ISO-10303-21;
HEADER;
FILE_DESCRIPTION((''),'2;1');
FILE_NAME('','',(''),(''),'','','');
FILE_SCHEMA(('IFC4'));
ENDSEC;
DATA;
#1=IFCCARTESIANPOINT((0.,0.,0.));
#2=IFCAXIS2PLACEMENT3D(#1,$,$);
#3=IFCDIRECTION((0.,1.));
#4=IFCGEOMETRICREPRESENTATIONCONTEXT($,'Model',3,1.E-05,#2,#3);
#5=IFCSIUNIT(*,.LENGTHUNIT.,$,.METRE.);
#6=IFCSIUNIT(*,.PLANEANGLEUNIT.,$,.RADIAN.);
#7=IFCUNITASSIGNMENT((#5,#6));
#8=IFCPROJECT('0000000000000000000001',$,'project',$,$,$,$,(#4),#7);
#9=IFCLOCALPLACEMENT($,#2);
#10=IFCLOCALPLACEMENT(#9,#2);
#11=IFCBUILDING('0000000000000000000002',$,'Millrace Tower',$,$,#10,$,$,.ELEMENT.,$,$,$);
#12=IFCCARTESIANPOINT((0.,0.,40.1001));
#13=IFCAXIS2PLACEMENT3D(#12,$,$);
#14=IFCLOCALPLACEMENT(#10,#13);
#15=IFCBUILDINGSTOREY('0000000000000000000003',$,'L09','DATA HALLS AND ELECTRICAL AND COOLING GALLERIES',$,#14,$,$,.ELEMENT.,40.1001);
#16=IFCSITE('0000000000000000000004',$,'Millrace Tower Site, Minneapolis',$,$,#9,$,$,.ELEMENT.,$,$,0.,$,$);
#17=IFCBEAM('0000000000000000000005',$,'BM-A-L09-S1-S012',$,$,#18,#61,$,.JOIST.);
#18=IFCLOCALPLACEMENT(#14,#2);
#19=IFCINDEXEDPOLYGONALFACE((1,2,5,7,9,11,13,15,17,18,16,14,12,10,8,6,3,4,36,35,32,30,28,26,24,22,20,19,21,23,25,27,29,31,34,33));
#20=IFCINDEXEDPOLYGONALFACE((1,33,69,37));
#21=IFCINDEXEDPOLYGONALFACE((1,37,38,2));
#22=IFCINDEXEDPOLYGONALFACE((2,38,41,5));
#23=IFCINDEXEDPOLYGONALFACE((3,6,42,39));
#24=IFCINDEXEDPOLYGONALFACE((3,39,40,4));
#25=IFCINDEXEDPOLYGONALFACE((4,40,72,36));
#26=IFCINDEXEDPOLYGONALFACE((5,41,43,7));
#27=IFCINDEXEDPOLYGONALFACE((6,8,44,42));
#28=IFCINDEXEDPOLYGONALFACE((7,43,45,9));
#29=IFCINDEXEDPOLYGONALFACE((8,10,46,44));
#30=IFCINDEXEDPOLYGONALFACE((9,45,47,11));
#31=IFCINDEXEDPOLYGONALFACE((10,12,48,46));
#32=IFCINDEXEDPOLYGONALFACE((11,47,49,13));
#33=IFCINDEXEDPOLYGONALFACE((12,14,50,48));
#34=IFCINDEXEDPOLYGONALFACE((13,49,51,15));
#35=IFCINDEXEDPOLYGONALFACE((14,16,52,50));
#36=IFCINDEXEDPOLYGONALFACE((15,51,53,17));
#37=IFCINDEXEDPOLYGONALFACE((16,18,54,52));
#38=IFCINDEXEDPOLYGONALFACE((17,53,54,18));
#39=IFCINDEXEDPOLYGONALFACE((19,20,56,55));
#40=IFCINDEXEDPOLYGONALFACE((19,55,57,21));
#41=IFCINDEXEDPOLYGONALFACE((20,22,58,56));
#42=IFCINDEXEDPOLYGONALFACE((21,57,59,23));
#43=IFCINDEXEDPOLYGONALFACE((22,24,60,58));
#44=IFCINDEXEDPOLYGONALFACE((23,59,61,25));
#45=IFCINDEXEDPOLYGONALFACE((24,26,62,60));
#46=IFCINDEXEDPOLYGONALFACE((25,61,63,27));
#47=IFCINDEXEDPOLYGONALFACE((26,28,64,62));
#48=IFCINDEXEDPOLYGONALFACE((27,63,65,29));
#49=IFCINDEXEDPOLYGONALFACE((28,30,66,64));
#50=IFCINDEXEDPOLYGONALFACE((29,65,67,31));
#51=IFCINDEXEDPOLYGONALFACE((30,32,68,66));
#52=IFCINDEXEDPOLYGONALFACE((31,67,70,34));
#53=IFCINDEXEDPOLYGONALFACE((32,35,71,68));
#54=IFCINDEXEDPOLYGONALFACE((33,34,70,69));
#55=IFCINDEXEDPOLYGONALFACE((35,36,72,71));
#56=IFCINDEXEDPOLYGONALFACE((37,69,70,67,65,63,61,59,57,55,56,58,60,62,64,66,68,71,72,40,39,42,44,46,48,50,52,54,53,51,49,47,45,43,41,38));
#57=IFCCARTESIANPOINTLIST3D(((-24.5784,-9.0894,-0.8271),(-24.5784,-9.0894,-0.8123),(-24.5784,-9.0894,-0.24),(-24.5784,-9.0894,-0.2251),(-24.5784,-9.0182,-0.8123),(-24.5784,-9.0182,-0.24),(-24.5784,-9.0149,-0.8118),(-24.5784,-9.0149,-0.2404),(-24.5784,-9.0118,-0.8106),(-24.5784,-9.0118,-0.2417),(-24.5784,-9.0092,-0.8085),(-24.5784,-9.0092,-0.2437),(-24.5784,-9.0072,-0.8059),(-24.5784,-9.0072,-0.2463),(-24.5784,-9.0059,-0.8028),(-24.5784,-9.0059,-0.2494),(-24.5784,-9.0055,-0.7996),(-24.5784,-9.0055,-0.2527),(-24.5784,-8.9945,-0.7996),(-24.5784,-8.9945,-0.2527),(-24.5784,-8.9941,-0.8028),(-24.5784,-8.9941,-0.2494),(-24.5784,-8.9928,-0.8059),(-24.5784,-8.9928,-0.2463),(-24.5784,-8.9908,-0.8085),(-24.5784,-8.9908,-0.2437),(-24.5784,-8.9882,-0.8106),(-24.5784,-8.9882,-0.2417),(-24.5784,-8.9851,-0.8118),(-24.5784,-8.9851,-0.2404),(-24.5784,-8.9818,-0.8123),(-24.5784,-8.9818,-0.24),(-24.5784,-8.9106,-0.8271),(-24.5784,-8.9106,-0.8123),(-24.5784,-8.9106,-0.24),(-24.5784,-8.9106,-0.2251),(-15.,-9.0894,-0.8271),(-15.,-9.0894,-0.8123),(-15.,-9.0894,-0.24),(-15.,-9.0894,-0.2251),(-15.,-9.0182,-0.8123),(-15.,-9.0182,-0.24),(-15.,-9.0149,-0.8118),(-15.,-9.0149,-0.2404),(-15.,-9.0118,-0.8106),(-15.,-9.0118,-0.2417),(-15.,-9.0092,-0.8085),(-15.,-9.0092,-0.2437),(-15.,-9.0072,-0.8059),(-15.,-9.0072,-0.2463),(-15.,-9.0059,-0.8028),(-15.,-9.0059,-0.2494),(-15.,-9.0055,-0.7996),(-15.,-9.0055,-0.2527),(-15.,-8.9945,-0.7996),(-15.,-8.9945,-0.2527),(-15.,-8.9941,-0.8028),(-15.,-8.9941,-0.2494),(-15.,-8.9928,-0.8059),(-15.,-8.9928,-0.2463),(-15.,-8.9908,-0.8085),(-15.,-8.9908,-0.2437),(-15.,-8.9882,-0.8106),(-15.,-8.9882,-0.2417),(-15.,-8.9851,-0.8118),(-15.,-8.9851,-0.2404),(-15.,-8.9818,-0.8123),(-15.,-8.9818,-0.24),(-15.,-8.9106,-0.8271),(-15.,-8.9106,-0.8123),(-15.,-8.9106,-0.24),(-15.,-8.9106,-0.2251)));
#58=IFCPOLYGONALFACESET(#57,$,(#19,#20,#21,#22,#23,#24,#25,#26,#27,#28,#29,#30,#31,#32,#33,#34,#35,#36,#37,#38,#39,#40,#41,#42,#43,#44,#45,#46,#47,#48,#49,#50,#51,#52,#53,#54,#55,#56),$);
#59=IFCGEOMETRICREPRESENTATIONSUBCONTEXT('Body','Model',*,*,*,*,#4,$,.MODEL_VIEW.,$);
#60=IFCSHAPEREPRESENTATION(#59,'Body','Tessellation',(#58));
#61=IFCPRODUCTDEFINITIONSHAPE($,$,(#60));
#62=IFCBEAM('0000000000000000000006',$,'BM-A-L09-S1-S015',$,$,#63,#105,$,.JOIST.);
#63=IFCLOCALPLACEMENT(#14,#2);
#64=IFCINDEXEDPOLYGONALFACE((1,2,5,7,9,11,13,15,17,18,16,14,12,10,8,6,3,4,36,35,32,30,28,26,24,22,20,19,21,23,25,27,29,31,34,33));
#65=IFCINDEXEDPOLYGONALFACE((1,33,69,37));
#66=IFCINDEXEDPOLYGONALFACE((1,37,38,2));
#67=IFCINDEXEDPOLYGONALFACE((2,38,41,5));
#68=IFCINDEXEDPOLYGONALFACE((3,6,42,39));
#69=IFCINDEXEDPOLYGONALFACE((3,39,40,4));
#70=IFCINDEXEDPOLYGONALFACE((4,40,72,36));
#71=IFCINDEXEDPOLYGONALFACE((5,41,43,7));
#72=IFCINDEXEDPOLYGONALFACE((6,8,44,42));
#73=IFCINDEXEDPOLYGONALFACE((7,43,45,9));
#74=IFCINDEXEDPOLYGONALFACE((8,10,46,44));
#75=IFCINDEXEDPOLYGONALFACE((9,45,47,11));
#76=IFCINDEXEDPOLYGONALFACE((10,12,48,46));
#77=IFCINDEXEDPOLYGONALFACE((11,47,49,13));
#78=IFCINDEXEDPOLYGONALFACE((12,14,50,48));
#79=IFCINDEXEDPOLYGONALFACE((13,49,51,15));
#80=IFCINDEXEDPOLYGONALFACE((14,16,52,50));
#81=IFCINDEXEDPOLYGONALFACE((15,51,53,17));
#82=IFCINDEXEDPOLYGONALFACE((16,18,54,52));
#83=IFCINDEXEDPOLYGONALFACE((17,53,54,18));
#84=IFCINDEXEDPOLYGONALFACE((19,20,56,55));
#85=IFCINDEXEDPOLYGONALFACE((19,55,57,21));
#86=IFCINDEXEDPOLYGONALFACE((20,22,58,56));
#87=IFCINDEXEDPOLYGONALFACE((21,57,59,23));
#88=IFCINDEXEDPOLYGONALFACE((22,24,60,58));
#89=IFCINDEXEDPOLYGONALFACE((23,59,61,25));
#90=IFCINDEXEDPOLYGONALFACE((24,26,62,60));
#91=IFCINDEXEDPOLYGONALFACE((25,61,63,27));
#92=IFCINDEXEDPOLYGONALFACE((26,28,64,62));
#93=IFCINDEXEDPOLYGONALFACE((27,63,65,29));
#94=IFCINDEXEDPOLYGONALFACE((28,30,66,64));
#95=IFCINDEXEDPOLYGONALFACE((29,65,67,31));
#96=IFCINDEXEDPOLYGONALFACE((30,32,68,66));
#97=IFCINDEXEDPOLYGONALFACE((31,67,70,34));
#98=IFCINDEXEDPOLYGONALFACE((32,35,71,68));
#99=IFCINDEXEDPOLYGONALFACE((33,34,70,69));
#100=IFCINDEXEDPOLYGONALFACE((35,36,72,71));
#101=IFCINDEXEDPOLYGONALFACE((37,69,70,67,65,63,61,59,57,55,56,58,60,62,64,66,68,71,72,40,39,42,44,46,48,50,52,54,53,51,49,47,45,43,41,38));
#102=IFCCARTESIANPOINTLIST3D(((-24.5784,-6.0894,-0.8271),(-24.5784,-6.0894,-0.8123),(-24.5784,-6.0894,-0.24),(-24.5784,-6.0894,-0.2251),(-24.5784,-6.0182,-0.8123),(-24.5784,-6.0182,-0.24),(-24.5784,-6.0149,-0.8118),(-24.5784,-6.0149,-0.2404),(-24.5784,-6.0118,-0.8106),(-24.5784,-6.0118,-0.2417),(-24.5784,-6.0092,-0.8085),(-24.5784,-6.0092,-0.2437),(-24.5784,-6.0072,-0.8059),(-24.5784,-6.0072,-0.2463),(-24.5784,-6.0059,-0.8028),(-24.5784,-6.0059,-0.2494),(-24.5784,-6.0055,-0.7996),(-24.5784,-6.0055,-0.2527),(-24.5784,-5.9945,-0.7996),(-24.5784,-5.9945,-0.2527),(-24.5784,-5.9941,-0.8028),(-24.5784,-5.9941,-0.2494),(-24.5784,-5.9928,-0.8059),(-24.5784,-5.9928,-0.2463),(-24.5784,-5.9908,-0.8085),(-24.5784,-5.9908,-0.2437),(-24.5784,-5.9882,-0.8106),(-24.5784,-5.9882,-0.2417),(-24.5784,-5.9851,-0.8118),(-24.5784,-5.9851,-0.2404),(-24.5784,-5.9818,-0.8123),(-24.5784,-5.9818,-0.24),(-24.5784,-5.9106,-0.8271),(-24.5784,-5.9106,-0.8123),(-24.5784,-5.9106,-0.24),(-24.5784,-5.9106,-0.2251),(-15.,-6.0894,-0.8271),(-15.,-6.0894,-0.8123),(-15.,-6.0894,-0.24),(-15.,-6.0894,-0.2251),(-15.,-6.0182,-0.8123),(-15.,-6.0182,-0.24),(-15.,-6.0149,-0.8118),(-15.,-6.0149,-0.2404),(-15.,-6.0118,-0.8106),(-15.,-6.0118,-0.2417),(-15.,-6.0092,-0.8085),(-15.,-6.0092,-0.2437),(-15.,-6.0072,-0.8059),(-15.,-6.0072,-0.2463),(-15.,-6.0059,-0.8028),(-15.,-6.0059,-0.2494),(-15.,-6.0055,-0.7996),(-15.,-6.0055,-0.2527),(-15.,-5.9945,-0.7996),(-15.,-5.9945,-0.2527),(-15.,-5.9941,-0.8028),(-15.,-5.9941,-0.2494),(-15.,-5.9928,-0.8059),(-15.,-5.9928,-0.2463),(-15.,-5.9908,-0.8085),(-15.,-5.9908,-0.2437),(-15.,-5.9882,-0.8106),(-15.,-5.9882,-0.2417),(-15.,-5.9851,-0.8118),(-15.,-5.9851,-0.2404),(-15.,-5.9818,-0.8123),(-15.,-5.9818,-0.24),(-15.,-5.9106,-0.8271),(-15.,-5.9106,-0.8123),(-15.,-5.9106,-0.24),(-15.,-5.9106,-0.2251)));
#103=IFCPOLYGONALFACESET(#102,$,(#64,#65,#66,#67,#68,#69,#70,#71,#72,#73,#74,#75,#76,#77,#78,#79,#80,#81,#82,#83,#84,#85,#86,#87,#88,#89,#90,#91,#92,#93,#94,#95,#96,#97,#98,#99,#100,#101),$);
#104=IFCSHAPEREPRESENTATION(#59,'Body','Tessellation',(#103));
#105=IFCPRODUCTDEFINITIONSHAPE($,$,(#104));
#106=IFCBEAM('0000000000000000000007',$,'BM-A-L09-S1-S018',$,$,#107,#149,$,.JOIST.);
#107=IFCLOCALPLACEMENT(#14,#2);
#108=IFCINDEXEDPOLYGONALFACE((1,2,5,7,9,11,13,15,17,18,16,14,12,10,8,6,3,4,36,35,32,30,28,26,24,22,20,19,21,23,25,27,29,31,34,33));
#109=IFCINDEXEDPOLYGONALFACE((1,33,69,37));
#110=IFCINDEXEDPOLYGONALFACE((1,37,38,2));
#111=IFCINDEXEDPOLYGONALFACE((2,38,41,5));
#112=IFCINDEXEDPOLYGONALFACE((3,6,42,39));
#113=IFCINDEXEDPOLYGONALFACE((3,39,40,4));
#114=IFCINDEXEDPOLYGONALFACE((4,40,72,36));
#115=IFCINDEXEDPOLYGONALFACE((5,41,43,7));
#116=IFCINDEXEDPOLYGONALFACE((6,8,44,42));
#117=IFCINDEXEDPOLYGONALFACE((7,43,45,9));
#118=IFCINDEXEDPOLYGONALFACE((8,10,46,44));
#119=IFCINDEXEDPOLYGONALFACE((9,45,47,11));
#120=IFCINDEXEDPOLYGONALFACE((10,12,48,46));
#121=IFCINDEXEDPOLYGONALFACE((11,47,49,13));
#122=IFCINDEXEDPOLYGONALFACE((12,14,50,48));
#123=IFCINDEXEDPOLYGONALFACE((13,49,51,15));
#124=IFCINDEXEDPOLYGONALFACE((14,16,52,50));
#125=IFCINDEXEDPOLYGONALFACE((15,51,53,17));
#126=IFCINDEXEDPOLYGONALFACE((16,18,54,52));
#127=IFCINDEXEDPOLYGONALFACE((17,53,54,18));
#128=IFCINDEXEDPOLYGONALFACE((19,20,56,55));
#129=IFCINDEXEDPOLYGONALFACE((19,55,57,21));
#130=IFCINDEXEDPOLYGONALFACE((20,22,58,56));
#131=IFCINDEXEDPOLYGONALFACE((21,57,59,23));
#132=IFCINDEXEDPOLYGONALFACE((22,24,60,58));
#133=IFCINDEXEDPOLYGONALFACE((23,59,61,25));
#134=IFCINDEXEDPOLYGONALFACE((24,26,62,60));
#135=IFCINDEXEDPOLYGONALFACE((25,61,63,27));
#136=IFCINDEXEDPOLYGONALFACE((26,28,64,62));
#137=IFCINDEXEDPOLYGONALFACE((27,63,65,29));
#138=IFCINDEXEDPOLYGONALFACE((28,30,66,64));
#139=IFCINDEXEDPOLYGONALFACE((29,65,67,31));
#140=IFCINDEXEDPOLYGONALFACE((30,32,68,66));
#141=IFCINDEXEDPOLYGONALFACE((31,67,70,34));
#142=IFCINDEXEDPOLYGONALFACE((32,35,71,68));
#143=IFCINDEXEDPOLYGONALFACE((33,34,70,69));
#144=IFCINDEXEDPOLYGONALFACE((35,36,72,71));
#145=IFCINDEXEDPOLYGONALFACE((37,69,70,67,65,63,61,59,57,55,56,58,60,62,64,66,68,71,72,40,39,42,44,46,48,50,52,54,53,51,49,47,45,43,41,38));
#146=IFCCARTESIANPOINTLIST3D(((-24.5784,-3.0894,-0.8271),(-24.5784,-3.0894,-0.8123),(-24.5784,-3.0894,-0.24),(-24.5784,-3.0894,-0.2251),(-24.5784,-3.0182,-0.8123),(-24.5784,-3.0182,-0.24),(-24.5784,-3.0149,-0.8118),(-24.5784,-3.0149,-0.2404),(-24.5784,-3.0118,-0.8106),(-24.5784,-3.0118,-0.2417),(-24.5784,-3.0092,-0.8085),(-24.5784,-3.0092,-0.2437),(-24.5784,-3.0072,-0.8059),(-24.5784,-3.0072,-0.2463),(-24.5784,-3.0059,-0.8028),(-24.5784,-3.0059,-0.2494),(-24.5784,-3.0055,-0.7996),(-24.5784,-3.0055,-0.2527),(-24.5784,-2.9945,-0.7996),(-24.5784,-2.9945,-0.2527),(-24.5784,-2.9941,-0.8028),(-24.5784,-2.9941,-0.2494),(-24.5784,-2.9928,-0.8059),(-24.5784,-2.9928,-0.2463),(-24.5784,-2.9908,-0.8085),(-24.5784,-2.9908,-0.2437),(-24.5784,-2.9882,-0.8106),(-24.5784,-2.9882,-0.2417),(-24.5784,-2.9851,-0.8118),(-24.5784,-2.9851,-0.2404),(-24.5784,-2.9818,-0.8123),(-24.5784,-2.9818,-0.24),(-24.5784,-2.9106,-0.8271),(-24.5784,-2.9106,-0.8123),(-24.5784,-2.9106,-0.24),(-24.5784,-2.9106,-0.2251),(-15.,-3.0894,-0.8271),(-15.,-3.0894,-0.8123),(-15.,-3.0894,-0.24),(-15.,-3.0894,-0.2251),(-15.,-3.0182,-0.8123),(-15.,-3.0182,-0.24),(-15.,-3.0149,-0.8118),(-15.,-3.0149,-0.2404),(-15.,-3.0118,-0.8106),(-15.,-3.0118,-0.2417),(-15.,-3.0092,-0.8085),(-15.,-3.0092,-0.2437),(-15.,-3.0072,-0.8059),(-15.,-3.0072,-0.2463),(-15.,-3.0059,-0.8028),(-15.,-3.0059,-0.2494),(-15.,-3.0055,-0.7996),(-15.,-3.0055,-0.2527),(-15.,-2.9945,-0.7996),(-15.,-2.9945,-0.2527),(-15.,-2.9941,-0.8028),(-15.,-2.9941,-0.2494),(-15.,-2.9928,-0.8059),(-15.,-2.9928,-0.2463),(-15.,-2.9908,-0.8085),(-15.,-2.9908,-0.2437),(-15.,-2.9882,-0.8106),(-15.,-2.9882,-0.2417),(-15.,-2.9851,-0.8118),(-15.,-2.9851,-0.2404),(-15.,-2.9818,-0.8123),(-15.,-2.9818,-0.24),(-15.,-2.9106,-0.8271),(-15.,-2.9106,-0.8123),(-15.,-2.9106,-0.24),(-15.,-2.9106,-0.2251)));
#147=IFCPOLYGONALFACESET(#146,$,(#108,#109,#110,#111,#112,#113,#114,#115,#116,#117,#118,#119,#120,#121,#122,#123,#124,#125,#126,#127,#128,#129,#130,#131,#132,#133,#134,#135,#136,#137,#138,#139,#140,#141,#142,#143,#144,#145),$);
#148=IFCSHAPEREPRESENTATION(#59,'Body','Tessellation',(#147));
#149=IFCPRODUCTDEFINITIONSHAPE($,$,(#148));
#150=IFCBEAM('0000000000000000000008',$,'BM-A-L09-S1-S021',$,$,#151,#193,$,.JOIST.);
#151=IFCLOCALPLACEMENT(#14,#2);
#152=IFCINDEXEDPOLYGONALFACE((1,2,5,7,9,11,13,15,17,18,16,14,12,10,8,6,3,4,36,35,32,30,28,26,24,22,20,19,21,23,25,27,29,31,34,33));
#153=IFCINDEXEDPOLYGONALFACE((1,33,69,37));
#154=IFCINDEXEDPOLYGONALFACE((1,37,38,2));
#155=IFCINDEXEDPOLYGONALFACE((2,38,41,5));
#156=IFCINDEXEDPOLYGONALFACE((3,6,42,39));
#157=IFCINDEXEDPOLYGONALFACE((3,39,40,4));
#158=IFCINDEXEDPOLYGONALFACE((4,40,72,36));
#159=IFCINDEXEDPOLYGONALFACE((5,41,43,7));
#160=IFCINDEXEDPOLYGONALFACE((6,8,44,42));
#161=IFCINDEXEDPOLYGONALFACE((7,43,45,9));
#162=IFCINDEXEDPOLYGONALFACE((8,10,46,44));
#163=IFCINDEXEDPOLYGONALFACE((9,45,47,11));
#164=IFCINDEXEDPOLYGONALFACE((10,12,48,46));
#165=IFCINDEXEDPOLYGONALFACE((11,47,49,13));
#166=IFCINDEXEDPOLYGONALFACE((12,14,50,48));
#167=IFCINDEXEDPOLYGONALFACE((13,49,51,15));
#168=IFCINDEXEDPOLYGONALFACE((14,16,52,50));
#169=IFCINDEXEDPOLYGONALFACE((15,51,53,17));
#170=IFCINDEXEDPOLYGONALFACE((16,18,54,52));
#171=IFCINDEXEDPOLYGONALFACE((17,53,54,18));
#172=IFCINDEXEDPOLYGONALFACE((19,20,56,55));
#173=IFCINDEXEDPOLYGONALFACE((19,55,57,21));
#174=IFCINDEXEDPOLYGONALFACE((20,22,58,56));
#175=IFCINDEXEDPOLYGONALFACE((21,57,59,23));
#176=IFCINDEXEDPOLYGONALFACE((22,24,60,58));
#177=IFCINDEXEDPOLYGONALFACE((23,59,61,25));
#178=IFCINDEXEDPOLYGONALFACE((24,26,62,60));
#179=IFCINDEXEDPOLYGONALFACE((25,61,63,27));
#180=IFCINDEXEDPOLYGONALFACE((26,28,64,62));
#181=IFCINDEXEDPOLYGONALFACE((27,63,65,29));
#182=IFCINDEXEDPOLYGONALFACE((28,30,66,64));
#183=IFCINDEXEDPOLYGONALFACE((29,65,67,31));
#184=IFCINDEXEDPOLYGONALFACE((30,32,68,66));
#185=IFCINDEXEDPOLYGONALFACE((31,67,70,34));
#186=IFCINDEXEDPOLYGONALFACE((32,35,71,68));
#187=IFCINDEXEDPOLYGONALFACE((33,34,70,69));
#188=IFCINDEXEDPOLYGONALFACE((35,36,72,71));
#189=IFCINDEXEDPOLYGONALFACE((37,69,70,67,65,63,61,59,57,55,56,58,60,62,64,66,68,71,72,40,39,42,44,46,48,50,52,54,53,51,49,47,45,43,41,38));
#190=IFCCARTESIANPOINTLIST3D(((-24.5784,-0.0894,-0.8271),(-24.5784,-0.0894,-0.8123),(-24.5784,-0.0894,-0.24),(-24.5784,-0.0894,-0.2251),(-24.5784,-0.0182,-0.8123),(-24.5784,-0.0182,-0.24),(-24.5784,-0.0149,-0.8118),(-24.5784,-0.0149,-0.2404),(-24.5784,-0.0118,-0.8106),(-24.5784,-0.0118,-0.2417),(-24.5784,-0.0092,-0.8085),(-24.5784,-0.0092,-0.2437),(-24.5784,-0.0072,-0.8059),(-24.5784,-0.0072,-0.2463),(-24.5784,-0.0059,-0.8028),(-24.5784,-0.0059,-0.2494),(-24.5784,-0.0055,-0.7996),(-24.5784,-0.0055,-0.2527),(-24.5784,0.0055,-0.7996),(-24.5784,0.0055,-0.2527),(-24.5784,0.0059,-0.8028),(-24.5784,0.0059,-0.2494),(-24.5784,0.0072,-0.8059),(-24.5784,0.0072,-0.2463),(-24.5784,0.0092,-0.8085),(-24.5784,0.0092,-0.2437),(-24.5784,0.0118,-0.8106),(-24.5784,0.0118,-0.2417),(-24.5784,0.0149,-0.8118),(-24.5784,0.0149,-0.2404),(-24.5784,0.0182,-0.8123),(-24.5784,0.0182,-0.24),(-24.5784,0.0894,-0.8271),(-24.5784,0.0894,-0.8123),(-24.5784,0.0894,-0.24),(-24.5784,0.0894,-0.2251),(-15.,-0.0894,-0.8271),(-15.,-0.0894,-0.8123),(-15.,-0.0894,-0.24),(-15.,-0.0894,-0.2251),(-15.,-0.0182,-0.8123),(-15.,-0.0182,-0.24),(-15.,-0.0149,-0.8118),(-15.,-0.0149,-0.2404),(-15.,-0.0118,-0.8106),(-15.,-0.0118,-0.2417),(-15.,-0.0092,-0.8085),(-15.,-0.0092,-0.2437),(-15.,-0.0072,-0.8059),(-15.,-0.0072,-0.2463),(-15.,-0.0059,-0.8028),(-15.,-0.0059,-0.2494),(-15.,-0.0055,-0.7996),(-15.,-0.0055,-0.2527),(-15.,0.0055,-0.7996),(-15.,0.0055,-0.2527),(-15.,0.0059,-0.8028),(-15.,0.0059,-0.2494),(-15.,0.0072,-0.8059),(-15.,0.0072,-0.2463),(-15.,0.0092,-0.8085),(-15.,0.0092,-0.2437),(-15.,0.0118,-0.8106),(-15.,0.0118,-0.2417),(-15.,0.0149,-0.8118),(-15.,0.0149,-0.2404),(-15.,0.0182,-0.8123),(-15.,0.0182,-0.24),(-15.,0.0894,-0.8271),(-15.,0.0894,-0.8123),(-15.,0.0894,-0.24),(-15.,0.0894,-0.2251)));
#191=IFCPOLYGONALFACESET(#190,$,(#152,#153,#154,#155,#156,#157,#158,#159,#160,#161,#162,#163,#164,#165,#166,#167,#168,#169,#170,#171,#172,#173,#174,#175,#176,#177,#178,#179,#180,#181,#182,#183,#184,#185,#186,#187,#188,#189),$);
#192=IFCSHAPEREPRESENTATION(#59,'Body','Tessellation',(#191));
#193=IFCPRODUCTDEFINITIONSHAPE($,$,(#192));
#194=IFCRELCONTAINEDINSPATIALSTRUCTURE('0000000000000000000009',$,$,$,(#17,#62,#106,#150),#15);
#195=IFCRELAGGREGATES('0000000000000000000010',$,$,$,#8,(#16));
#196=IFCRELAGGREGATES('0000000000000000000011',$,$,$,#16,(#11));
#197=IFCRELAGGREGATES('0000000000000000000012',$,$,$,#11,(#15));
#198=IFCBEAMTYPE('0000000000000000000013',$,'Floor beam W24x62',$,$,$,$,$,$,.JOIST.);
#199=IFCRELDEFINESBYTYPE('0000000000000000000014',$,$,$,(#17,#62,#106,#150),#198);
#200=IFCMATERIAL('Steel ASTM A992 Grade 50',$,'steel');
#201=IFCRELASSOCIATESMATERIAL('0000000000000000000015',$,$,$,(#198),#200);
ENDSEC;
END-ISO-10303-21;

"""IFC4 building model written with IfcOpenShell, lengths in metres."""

from ifc_helpers import new_model, si_unit, direction, frame, origin, origin_2d, place, context, subcontext, project, spatial, i_section, extrude, material, material_profile, profile_set, type_object, element, save


model = new_model("IFC4")

# Units and contexts
model_context = context("Model", 3, precision=1e-05, world=origin(), true_north=direction((0.0, 1.0)))
body_context = subcontext(model_context, "Body", "Model", "MODEL_VIEW")
ifc_project = project(units=[si_unit("LENGTHUNIT", "METRE"), si_unit("PLANEANGLEUNIT", "RADIAN")], contexts=[model_context])

# Site, building, storey
site_placement = place(None, origin())
site = spatial("IfcSite", under=ifc_project, at=site_placement, Name="Millrace Tower Site, Minneapolis", CompositionType="ELEMENT", RefElevation=0.0)
building_placement = place(site_placement, origin())
building = spatial("IfcBuilding", under=site, at=building_placement, Name="Millrace Tower", CompositionType="ELEMENT")
storey_placement = place(building_placement, frame((0.0, 0.0, 40.1001)))
storey = spatial("IfcBuildingStorey", under=building, at=storey_placement, Name="L09", Description="DATA HALLS AND ELECTRICAL AND COOLING GALLERIES", CompositionType="ELEMENT", Elevation=40.1001)

# Beams
ifc_material_1 = material(Name="Steel ASTM A992 Grade 50", Category="steel")
ifc_material_profile_1 = material_profile(ifc_material_1, i_section(OverallWidth=0.1787, OverallDepth=0.6021, WebThickness=0.011, FlangeThickness=0.0149, FilletRadius=0.0127, at=origin_2d()))
ifc_profile_set_1 = profile_set([ifc_material_profile_1], Name="Steel ASTM A992 Grade 50")
beam_type_1 = type_object("IfcBeamType", Name="Floor beam W24x62", PredefinedType="JOIST", material=ifc_profile_set_1)
for number, where, z_axis, x_axis, name in (
    (1, (-24.5784, -9.0, -0.5261), (1.0, 0.0, 0.0), (0.0, 1.0, 0.0), "BM-A-L09-S1-S012"),
    (2, (-24.5784, -6.0, -0.5261), (1.0, 0.0, 0.0), (0.0, 1.0, 0.0), "BM-A-L09-S1-S015"),
    (3, (-24.5784, -3.0, -0.5261), (1.0, 0.0, 0.0), (0.0, 1.0, 0.0), "BM-A-L09-S1-S018"),
    (4, (-24.5784, 0.0, -0.5261), (1.0, 0.0, 0.0), (0.0, 1.0, 0.0), "BM-A-L09-S1-S021"),
):
    element("IfcBeam", number, at=place(storey_placement, frame(where, z_axis=z_axis, x_axis=x_axis)), inside=storey, type_object=beam_type_1, Name=name, PredefinedType="JOIST", context=body_context, shape_type="SweptSolid", body=[
        extrude(i_section(OverallWidth=0.1787, OverallDepth=0.6021, WebThickness=0.011, FlangeThickness=0.0149, FilletRadius=0.0127, at=origin_2d()), origin(), (0.0, 0.0, 1.0), 9.5784),
    ])

save(model, "model.ifc")
